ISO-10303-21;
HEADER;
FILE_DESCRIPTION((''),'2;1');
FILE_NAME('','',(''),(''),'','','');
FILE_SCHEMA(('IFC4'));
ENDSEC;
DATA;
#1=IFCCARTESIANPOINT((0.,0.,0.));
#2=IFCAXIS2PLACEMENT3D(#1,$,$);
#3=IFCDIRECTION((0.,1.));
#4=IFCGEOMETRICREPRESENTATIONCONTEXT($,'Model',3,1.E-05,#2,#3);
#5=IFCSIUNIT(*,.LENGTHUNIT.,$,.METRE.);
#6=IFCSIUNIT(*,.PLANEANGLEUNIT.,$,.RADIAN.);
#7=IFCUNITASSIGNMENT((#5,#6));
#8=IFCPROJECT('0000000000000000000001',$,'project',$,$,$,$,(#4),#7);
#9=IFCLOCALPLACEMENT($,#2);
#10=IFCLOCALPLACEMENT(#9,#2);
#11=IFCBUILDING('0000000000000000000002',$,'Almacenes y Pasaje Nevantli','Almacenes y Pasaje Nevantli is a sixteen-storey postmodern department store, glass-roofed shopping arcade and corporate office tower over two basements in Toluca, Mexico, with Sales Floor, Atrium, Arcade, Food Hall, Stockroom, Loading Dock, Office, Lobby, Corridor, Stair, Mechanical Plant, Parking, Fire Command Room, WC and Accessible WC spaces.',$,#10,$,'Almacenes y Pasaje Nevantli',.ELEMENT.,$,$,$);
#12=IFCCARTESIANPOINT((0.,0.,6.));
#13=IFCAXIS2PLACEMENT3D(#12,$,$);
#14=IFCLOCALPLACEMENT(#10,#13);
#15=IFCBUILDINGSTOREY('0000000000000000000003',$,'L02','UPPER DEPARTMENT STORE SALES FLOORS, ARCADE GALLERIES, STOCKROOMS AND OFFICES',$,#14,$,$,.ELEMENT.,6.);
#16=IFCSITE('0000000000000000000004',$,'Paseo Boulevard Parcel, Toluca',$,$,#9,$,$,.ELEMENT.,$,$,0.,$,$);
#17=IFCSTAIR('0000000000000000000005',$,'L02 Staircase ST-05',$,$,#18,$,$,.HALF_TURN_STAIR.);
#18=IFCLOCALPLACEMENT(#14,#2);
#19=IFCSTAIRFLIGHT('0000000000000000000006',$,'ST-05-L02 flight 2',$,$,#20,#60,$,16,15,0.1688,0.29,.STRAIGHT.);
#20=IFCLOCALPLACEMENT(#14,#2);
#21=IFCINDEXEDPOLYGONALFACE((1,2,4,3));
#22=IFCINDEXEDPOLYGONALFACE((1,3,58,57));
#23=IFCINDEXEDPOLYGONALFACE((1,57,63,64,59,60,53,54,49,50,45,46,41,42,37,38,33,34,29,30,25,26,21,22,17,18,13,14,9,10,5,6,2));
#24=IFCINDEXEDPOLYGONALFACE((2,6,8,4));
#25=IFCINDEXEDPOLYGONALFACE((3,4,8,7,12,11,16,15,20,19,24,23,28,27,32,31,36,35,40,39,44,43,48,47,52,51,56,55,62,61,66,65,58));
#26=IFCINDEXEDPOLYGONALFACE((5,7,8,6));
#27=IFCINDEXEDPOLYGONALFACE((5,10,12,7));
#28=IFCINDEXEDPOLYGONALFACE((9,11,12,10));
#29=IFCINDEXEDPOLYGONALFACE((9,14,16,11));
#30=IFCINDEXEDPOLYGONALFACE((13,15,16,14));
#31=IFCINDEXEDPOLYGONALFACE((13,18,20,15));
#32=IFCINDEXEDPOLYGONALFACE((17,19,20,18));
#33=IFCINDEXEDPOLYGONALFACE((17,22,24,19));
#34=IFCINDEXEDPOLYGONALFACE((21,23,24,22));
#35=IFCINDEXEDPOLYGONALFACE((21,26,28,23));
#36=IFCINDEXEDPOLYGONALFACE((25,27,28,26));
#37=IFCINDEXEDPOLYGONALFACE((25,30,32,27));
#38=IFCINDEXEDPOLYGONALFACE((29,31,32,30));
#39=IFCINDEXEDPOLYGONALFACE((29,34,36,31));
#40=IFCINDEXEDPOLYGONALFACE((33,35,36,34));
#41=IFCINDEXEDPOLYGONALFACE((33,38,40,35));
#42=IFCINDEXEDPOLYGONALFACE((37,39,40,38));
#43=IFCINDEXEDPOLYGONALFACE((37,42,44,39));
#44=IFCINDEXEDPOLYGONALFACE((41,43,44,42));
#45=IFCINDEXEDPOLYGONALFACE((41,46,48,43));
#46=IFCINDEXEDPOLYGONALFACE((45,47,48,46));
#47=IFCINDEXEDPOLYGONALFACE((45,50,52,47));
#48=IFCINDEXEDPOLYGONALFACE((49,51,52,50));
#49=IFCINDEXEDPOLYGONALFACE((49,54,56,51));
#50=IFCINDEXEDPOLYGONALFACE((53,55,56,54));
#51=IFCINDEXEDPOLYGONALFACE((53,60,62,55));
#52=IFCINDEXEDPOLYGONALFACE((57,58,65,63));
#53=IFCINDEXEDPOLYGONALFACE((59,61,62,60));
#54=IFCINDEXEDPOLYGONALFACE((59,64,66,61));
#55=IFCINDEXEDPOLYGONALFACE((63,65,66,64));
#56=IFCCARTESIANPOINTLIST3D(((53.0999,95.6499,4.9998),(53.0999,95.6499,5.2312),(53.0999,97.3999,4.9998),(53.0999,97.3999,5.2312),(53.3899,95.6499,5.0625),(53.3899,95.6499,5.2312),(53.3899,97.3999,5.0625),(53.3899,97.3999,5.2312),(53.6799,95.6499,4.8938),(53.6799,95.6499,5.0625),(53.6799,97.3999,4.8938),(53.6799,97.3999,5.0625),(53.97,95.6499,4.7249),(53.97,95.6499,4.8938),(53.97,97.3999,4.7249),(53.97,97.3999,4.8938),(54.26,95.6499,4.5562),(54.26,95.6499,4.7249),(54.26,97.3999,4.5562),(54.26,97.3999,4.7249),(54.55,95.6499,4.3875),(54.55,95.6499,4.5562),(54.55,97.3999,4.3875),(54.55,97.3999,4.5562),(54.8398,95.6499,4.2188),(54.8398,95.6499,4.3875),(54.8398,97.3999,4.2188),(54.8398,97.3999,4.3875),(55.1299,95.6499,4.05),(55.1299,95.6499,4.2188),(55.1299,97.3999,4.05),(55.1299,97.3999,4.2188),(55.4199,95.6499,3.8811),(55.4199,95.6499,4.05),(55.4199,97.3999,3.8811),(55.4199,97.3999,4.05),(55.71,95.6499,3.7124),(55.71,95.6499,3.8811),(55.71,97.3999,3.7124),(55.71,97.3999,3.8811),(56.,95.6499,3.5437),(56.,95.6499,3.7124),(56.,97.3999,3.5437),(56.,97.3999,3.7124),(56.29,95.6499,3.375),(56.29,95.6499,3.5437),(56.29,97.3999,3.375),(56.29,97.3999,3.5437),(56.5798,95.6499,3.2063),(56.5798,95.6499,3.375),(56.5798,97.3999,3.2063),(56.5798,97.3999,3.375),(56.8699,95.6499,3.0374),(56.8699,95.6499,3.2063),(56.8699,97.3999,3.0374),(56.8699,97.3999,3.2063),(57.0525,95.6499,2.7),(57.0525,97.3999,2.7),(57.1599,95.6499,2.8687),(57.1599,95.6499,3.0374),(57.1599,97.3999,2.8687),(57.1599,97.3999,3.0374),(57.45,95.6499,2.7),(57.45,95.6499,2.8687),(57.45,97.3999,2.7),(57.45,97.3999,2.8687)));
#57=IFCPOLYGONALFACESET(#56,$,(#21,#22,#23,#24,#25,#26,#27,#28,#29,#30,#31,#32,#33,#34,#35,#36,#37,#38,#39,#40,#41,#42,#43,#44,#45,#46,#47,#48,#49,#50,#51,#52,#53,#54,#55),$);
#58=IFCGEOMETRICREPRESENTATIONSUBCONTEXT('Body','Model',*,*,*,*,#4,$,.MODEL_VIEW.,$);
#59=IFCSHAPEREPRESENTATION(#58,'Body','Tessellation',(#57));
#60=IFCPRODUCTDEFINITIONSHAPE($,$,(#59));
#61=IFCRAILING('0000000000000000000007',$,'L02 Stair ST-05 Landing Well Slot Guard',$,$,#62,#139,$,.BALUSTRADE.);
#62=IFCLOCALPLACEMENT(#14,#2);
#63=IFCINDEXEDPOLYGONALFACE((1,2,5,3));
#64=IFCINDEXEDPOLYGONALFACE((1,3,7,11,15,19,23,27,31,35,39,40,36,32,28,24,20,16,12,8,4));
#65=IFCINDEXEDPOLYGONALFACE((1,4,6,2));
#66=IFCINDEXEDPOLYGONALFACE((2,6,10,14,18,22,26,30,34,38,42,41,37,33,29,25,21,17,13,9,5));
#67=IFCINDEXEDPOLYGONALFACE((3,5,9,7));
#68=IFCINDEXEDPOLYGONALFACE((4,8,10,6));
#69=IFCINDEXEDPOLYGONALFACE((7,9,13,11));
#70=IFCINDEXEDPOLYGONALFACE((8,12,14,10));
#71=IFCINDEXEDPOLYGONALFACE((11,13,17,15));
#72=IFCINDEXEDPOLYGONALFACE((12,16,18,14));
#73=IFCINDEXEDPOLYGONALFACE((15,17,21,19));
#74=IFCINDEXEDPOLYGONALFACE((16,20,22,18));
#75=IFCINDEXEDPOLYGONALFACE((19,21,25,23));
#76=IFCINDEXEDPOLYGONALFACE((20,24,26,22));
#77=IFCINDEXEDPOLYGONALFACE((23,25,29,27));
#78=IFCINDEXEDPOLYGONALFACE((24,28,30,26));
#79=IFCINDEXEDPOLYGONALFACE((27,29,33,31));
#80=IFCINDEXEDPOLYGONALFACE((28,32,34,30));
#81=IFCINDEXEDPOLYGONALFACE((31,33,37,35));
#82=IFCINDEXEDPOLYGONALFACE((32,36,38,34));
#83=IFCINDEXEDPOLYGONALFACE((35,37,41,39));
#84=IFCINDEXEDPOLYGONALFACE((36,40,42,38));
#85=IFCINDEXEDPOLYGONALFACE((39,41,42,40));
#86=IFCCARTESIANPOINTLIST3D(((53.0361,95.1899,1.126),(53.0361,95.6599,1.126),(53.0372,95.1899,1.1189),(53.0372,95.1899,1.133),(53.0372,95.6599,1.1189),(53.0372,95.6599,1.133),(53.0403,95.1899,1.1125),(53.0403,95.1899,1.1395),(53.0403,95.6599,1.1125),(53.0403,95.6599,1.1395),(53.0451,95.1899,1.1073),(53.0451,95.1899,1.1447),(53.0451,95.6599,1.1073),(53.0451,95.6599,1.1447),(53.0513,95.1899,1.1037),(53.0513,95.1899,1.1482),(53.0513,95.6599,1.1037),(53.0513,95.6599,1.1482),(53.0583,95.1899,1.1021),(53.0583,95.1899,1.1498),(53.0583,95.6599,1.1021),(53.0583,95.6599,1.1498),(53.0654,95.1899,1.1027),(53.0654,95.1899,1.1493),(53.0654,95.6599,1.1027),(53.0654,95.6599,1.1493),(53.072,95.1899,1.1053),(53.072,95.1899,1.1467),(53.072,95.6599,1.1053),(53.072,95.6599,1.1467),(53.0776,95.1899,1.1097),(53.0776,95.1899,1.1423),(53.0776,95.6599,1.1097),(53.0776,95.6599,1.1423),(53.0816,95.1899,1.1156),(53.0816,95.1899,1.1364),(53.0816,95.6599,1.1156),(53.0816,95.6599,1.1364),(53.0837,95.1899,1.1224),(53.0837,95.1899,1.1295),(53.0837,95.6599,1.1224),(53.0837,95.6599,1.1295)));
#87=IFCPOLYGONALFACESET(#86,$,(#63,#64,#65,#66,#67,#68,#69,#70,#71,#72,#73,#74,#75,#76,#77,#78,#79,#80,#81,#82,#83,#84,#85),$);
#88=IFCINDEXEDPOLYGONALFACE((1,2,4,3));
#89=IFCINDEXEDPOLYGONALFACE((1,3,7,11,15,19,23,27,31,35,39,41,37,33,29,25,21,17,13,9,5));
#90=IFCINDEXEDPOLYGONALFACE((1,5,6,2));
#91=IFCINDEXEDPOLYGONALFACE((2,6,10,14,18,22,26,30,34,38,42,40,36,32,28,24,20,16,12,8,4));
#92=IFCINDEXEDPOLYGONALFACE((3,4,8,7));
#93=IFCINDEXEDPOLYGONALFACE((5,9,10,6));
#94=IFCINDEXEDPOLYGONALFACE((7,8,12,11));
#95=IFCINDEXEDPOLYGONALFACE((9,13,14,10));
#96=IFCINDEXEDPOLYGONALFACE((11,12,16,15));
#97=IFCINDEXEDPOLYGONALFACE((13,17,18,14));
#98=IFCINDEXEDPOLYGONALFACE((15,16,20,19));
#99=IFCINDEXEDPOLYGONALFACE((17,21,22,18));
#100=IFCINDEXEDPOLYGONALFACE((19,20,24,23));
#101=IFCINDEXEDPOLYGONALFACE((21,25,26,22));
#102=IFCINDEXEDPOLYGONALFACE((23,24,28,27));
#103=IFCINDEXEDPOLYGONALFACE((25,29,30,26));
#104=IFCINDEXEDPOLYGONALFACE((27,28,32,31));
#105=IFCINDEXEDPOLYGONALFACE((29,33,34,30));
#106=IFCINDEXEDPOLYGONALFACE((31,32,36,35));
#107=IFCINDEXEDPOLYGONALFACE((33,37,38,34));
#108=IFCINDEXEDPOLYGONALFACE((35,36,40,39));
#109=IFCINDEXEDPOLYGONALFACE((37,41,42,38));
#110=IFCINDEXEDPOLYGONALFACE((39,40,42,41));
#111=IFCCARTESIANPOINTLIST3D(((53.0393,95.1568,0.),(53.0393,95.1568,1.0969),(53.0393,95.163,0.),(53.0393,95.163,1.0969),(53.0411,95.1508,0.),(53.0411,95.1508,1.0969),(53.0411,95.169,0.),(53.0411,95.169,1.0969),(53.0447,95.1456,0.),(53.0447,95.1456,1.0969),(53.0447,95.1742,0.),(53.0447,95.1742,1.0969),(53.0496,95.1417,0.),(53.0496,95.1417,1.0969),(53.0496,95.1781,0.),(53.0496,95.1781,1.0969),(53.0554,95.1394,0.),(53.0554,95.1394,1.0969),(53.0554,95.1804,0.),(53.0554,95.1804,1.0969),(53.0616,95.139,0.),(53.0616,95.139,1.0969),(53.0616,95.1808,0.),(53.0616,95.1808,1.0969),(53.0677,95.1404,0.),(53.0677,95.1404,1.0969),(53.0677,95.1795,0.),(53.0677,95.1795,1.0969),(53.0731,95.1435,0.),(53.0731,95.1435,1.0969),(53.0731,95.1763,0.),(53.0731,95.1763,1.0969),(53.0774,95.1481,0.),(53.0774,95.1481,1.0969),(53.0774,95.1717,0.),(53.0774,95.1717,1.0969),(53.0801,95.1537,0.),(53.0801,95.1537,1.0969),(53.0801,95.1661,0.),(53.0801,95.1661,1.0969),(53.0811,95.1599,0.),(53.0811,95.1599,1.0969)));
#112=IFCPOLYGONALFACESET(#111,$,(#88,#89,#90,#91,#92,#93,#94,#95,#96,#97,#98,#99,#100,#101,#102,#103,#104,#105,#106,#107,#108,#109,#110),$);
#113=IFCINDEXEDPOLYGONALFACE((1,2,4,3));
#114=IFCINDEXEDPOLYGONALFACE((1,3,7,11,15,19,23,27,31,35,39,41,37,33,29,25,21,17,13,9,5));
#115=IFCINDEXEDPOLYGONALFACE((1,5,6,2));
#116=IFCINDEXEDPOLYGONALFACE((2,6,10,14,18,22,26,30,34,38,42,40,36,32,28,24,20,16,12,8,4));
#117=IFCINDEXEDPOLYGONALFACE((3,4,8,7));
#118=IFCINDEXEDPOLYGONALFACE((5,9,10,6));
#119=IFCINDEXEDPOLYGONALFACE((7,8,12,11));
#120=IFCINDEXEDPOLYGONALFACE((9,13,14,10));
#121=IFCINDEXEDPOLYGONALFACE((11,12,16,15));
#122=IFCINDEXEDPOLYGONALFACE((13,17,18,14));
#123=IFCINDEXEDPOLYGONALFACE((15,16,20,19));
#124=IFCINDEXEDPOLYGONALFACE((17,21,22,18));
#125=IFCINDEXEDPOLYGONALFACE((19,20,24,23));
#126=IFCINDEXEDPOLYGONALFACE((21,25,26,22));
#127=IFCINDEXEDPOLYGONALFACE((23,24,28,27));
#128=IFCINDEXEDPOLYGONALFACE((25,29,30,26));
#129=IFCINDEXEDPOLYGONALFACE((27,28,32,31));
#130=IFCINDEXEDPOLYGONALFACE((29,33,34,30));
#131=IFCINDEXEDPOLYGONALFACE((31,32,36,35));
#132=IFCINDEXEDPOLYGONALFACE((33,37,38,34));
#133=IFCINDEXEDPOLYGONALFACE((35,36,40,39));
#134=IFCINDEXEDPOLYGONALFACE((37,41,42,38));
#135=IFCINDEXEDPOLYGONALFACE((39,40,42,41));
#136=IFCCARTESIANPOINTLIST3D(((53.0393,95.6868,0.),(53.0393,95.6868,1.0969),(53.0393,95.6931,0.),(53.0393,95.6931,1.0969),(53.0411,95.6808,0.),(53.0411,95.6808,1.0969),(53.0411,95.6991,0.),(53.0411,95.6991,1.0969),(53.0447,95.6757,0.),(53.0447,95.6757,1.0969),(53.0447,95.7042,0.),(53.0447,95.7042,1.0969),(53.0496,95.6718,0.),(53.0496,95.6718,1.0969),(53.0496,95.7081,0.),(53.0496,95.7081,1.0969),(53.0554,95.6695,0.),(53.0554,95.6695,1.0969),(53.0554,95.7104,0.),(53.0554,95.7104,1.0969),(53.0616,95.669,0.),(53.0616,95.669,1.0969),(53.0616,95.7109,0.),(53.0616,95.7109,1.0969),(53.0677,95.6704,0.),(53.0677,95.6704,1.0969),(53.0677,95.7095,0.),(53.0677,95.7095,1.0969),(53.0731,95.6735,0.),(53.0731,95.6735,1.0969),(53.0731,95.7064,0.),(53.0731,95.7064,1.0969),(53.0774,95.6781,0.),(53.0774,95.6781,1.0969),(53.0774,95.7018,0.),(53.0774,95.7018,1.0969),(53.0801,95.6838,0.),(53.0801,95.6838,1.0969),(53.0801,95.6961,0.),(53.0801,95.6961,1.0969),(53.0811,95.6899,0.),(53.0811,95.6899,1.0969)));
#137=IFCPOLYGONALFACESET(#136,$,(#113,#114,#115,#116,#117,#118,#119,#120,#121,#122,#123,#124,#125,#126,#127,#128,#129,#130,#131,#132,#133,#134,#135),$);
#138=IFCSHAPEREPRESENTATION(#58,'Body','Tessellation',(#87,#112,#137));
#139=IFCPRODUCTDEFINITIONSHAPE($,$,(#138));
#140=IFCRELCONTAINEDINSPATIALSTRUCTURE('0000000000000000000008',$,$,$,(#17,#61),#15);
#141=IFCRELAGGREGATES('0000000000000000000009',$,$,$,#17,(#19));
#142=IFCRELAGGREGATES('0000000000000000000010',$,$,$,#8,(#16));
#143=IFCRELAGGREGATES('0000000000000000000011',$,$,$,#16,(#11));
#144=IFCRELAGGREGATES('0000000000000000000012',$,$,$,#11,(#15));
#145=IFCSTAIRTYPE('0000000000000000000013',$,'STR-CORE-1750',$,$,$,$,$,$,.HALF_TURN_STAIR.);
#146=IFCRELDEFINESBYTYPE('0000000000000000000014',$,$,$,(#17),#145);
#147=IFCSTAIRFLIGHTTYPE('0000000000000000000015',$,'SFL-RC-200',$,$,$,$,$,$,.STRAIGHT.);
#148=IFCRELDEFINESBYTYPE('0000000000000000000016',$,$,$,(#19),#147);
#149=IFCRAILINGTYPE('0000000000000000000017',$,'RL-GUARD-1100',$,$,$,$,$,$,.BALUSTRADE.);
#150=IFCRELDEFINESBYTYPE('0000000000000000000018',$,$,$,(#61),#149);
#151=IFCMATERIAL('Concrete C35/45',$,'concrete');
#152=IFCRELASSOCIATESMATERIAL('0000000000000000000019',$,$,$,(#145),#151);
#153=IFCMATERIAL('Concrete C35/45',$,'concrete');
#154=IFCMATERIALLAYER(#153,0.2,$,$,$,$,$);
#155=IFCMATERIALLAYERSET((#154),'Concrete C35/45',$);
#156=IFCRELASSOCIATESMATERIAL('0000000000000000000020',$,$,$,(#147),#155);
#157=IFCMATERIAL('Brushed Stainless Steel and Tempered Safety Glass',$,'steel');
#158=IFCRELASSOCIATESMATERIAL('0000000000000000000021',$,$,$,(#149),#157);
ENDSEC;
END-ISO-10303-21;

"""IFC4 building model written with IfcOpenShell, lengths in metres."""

from ifc_helpers import new_model, si_unit, direction, frame, origin, origin_2d, place, context, subcontext, project, spatial, polyline, circle, outline, extrude, material, layer, layer_set, type_object, element, aggregate, save


model = new_model("IFC4")

# Units and contexts
model_context = context("Model", 3, precision=1e-05, world=origin(), true_north=direction((0.0, 1.0)))
body_context = subcontext(model_context, "Body", "Model", "MODEL_VIEW")
ifc_project = project(units=[si_unit("LENGTHUNIT", "METRE"), si_unit("PLANEANGLEUNIT", "RADIAN")], contexts=[model_context])

# Site, building, storey
site_placement = place(None, origin())
site = spatial("IfcSite", under=ifc_project, at=site_placement, Name="Paseo Boulevard Parcel, Toluca", CompositionType="ELEMENT", RefElevation=0.0)
building_placement = place(site_placement, origin())
building = spatial("IfcBuilding", under=site, at=building_placement, Name="Almacenes y Pasaje Nevantli", Description="Almacenes y Pasaje Nevantli is a sixteen-storey postmodern department store, glass-roofed shopping arcade and corporate office tower over two basements in Toluca, Mexico, with Sales Floor, Atrium, Arcade, Food Hall, Stockroom, Loading Dock, Office, Lobby, Corridor, Stair, Mechanical Plant, Parking, Fire Command Room, WC and Accessible WC spaces.", LongName="Almacenes y Pasaje Nevantli", CompositionType="ELEMENT")
storey_placement = place(building_placement, frame((0.0, 0.0, 6.0)))
storey = spatial("IfcBuildingStorey", under=building, at=storey_placement, Name="L02", Description="UPPER DEPARTMENT STORE SALES FLOORS, ARCADE GALLERIES, STOCKROOMS AND OFFICES", CompositionType="ELEMENT", Elevation=6.0)

# Stair, stair flight
ifc_material_1 = material(Name="Concrete C35/45", Category="concrete")
stair_type = type_object("IfcStairType", Name="STR-CORE-1750", PredefinedType="HALF_TURN_STAIR", material=ifc_material_1)
stair_placement = place(storey_placement, origin())
stair = element("IfcStair", 1, at=stair_placement, inside=storey, type_object=stair_type, Name="L02 Staircase ST-05", PredefinedType="HALF_TURN_STAIR")
ifc_material_2 = material(Name="Concrete C35/45", Category="concrete")
ifc_layer_1 = layer(ifc_material_2, 0.2)
ifc_layer_set_1 = layer_set([ifc_layer_1], Name="Concrete C35/45")
stair_flight_type = type_object("IfcStairFlightType", Name="SFL-RC-200", PredefinedType="STRAIGHT", material=ifc_layer_set_1)
stair_flight_1_placement = place(storey_placement, frame((57.45, 96.5249, 2.7), z_axis=(0.0, 0.0, 1.0), x_axis=(-1.0, 0.0, 0.0)))
stair_flight_1 = element("IfcStairFlight", 2, at=stair_flight_1_placement, type_object=stair_flight_type, Name="ST-05-L02 flight 2", NumberOfRisers=16, NumberOfTreads=15, PredefinedType="STRAIGHT", RiserHeight=0.1688, TreadLength=0.29, context=body_context, shape_type="SweptSolid", body=[
    extrude(outline(polyline([(0.0, 0.0), (0.0, 0.1687), (0.29, 0.1687), (0.29, 0.3374), (0.5801, 0.3374), (0.5801, 0.5063), (0.8701, 0.5063), (0.8701, 0.675), (1.1599, 0.675), (1.1599, 0.8438), (1.45, 0.8438), (1.45, 1.0125), (1.74, 1.0125), (1.74, 1.1812), (2.03, 1.1812), (2.03, 1.3501), (2.3201, 1.3501), (2.3201, 1.5188), (2.6101, 1.5188), (2.6101, 1.6875), (2.8999, 1.6875), (2.8999, 1.8562), (3.1899, 1.8562), (3.1899, 2.0249), (3.48, 2.0249), (3.48, 2.1938), (3.77, 2.1938), (3.77, 2.3625), (4.0601, 2.3625), (4.0601, 2.5312), (4.3501, 2.5312), (4.3501, 2.7), (4.3501, 2.2998), (0.3975, 0.0), (0.0, 0.0)])), frame((0.0, 0.875, 0.0), z_axis=(0.0, -1.0, 0.0), x_axis=(1.0, 0.0, 0.0)), (0.0, 0.0, 1.0), 1.75),
])
aggregate(stair, [stair_flight_1])

# Railing
ifc_material_3 = material(Name="Brushed Stainless Steel and Tempered Safety Glass", Category="steel")
railing_type_1 = type_object("IfcRailingType", Name="RL-GUARD-1100", PredefinedType="BALUSTRADE", material=ifc_material_3)
railing_1_placement = place(storey_placement, frame((53.0601, 95.1599, 0.0)))
element("IfcRailing", 3, at=railing_1_placement, inside=storey, type_object=railing_type_1, Name="L02 Stair ST-05 Landing Well Slot Guard", PredefinedType="BALUSTRADE", context=body_context, shape_type="SweptSolid", body=[
    extrude(circle(Radius=0.0239, at=origin_2d()), frame((0.0, 0.03, 1.126), z_axis=(0.0, 1.0, 0.0), x_axis=(-1.0, 0.0, 0.0)), (0.0, 0.0, 1.0), 0.47),
    extrude(circle(Radius=0.021, at=origin_2d()), origin(), (0.0, 0.0, 1.0), 1.0969),
    extrude(circle(Radius=0.021, at=origin_2d()), frame((0.0, 0.53, 0.0)), (0.0, 0.0, 1.0), 1.0969),
])

save(model, "model.ifc")
